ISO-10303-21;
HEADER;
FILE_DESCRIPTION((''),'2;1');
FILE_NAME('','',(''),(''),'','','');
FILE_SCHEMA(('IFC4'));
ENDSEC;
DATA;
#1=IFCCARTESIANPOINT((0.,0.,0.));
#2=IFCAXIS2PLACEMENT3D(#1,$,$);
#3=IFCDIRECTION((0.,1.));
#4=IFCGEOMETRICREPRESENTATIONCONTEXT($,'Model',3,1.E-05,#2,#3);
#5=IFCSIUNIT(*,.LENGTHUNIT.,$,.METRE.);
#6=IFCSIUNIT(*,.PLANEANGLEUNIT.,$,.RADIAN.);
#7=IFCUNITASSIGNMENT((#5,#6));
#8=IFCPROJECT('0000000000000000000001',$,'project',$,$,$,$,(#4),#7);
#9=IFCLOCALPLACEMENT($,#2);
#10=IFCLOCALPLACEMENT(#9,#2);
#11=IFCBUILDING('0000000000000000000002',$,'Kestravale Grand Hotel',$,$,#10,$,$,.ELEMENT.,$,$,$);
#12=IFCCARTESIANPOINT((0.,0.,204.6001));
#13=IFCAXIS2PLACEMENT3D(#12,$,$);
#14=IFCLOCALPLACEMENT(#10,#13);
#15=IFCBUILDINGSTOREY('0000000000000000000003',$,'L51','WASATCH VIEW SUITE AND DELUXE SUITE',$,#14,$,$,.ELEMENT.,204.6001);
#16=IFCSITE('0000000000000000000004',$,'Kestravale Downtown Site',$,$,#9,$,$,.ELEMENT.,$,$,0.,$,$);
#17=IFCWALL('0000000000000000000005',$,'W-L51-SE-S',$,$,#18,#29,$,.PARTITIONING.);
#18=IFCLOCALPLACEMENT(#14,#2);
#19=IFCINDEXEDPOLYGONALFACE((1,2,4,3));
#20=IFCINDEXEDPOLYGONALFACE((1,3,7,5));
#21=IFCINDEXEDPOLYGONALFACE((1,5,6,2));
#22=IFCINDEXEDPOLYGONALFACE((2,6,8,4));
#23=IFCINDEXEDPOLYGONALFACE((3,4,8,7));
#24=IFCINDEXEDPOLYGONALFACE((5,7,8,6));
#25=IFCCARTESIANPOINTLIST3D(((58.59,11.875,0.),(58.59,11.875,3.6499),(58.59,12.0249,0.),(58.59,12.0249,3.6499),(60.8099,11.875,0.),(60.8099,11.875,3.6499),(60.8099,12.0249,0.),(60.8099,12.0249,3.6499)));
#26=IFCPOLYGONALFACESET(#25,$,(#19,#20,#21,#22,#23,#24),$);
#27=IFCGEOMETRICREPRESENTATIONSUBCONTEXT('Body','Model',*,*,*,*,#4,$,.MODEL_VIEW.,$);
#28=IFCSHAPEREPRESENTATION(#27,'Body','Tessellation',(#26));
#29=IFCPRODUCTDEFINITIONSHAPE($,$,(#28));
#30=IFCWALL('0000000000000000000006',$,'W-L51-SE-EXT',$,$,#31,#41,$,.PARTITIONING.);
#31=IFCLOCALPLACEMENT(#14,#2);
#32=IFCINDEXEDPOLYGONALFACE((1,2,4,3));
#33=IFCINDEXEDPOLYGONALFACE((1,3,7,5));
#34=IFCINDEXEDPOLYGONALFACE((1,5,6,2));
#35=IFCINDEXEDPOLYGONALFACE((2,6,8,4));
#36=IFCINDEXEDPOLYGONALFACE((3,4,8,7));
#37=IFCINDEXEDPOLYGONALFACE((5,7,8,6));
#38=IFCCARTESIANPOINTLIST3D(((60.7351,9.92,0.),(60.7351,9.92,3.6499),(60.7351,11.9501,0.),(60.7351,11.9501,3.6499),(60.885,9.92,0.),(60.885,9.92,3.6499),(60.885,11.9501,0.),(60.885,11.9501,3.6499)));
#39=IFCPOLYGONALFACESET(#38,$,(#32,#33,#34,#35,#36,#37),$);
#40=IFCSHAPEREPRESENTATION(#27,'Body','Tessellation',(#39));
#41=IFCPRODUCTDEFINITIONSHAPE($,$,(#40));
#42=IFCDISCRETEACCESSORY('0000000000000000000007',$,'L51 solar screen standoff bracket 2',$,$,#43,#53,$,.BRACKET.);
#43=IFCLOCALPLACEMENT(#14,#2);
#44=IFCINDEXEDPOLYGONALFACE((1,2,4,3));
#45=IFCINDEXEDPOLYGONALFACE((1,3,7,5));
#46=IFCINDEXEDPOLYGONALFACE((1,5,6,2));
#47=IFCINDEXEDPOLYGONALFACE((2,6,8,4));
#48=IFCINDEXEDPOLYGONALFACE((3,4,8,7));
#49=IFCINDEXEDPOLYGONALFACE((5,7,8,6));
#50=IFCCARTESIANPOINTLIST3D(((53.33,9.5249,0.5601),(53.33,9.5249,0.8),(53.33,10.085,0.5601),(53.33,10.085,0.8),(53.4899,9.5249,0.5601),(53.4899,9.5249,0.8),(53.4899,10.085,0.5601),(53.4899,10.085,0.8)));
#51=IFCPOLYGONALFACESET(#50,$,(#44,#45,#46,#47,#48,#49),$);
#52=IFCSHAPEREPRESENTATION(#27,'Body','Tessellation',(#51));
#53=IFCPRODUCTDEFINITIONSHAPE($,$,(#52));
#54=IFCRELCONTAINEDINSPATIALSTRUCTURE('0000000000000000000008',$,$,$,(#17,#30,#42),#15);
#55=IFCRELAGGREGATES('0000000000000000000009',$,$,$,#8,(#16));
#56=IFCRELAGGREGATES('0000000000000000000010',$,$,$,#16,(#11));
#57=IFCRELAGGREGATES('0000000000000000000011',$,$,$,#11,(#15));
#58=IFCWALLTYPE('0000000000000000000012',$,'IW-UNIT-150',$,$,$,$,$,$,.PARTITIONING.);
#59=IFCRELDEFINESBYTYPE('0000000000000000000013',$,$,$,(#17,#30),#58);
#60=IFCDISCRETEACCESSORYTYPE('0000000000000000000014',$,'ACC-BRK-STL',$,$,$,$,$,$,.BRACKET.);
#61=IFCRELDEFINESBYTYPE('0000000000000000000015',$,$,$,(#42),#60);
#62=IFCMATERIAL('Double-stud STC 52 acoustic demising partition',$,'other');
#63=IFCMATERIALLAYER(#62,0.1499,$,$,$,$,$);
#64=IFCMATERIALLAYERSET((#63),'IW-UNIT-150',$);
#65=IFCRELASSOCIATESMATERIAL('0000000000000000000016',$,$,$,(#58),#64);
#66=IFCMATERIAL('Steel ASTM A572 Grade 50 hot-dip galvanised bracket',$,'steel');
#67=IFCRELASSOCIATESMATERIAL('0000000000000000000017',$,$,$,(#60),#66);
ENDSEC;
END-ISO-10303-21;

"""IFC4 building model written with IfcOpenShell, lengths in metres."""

from ifc_helpers import new_model, si_unit, direction, frame, frame_2d, origin, origin_2d, place, context, subcontext, project, spatial, rectangle, extrude, material, layer, layer_set, type_object, element, save


model = new_model("IFC4")

# Units and contexts
model_context = context("Model", 3, precision=1e-05, world=origin(), true_north=direction((0.0, 1.0)))
body_context = subcontext(model_context, "Body", "Model", "MODEL_VIEW")
ifc_project = project(units=[si_unit("LENGTHUNIT", "METRE"), si_unit("PLANEANGLEUNIT", "RADIAN")], contexts=[model_context])

# Site, building, storey
site_placement = place(None, origin())
site = spatial("IfcSite", under=ifc_project, at=site_placement, Name="Kestravale Downtown Site", CompositionType="ELEMENT", RefElevation=0.0)
building_placement = place(site_placement, origin())
building = spatial("IfcBuilding", under=site, at=building_placement, Name="Kestravale Grand Hotel", CompositionType="ELEMENT")
storey_placement = place(building_placement, frame((0.0, 0.0, 204.6001)))
storey = spatial("IfcBuildingStorey", under=building, at=storey_placement, Name="L51", Description="WASATCH VIEW SUITE AND DELUXE SUITE", CompositionType="ELEMENT", Elevation=204.6001)

# Walls
ifc_material_1 = material(Name="Double-stud STC 52 acoustic demising partition", Category="other")
ifc_layer_1 = layer(ifc_material_1, 0.1499)
ifc_layer_set_1 = layer_set([ifc_layer_1], Name="IW-UNIT-150")
wall_type_1 = type_object("IfcWallType", Name="IW-UNIT-150", PredefinedType="PARTITIONING", material=ifc_layer_set_1)
wall_1_placement = place(storey_placement, frame((58.5901, 11.95, 0.0), z_axis=(0.0, 0.0, 1.0), x_axis=(1.0, 0.0, 0.0)))
element("IfcWall", 1, at=wall_1_placement, inside=storey, type_object=wall_type_1, Name="W-L51-SE-S", PredefinedType="PARTITIONING", context=body_context, shape_type="SweptSolid", body=[
    extrude(rectangle(XDim=2.22, YDim=0.1499, at=frame_2d((1.1099, 0.0))), origin(), (0.0, 0.0, 1.0), 3.6499),
])
wall_2_placement = place(storey_placement, frame((60.8101, 9.9199, 0.0), z_axis=(0.0, 0.0, 1.0), x_axis=(0.0, 1.0, 0.0)))
element("IfcWall", 2, at=wall_2_placement, inside=storey, type_object=wall_type_1, Name="W-L51-SE-EXT", PredefinedType="PARTITIONING", context=body_context, shape_type="SweptSolid", body=[
    extrude(rectangle(XDim=2.03, YDim=0.1499, at=frame_2d((1.0151, 0.0))), origin(), (0.0, 0.0, 1.0), 3.6499),
])

# Discrete accessory
ifc_material_2 = material(Name="Steel ASTM A572 Grade 50 hot-dip galvanised bracket", Category="steel")
discrete_accessory_type = type_object("IfcDiscreteAccessoryType", Name="ACC-BRK-STL", PredefinedType="BRACKET", material=ifc_material_2)
discrete_accessory_placement = place(storey_placement, frame((53.4099, 9.8049, 0.5601), z_axis=(0.0, 0.0, 1.0), x_axis=(1.0, 0.0, 0.0)))
element("IfcDiscreteAccessory", 3, at=discrete_accessory_placement, inside=storey, type_object=discrete_accessory_type, Name="L51 solar screen standoff bracket 2", PredefinedType="BRACKET", context=body_context, shape_type="SweptSolid", body=[
    extrude(rectangle(XDim=0.1599, YDim=0.5601, at=origin_2d()), origin(), (0.0, 0.0, 1.0), 0.24),
])

save(model, "model.ifc")
